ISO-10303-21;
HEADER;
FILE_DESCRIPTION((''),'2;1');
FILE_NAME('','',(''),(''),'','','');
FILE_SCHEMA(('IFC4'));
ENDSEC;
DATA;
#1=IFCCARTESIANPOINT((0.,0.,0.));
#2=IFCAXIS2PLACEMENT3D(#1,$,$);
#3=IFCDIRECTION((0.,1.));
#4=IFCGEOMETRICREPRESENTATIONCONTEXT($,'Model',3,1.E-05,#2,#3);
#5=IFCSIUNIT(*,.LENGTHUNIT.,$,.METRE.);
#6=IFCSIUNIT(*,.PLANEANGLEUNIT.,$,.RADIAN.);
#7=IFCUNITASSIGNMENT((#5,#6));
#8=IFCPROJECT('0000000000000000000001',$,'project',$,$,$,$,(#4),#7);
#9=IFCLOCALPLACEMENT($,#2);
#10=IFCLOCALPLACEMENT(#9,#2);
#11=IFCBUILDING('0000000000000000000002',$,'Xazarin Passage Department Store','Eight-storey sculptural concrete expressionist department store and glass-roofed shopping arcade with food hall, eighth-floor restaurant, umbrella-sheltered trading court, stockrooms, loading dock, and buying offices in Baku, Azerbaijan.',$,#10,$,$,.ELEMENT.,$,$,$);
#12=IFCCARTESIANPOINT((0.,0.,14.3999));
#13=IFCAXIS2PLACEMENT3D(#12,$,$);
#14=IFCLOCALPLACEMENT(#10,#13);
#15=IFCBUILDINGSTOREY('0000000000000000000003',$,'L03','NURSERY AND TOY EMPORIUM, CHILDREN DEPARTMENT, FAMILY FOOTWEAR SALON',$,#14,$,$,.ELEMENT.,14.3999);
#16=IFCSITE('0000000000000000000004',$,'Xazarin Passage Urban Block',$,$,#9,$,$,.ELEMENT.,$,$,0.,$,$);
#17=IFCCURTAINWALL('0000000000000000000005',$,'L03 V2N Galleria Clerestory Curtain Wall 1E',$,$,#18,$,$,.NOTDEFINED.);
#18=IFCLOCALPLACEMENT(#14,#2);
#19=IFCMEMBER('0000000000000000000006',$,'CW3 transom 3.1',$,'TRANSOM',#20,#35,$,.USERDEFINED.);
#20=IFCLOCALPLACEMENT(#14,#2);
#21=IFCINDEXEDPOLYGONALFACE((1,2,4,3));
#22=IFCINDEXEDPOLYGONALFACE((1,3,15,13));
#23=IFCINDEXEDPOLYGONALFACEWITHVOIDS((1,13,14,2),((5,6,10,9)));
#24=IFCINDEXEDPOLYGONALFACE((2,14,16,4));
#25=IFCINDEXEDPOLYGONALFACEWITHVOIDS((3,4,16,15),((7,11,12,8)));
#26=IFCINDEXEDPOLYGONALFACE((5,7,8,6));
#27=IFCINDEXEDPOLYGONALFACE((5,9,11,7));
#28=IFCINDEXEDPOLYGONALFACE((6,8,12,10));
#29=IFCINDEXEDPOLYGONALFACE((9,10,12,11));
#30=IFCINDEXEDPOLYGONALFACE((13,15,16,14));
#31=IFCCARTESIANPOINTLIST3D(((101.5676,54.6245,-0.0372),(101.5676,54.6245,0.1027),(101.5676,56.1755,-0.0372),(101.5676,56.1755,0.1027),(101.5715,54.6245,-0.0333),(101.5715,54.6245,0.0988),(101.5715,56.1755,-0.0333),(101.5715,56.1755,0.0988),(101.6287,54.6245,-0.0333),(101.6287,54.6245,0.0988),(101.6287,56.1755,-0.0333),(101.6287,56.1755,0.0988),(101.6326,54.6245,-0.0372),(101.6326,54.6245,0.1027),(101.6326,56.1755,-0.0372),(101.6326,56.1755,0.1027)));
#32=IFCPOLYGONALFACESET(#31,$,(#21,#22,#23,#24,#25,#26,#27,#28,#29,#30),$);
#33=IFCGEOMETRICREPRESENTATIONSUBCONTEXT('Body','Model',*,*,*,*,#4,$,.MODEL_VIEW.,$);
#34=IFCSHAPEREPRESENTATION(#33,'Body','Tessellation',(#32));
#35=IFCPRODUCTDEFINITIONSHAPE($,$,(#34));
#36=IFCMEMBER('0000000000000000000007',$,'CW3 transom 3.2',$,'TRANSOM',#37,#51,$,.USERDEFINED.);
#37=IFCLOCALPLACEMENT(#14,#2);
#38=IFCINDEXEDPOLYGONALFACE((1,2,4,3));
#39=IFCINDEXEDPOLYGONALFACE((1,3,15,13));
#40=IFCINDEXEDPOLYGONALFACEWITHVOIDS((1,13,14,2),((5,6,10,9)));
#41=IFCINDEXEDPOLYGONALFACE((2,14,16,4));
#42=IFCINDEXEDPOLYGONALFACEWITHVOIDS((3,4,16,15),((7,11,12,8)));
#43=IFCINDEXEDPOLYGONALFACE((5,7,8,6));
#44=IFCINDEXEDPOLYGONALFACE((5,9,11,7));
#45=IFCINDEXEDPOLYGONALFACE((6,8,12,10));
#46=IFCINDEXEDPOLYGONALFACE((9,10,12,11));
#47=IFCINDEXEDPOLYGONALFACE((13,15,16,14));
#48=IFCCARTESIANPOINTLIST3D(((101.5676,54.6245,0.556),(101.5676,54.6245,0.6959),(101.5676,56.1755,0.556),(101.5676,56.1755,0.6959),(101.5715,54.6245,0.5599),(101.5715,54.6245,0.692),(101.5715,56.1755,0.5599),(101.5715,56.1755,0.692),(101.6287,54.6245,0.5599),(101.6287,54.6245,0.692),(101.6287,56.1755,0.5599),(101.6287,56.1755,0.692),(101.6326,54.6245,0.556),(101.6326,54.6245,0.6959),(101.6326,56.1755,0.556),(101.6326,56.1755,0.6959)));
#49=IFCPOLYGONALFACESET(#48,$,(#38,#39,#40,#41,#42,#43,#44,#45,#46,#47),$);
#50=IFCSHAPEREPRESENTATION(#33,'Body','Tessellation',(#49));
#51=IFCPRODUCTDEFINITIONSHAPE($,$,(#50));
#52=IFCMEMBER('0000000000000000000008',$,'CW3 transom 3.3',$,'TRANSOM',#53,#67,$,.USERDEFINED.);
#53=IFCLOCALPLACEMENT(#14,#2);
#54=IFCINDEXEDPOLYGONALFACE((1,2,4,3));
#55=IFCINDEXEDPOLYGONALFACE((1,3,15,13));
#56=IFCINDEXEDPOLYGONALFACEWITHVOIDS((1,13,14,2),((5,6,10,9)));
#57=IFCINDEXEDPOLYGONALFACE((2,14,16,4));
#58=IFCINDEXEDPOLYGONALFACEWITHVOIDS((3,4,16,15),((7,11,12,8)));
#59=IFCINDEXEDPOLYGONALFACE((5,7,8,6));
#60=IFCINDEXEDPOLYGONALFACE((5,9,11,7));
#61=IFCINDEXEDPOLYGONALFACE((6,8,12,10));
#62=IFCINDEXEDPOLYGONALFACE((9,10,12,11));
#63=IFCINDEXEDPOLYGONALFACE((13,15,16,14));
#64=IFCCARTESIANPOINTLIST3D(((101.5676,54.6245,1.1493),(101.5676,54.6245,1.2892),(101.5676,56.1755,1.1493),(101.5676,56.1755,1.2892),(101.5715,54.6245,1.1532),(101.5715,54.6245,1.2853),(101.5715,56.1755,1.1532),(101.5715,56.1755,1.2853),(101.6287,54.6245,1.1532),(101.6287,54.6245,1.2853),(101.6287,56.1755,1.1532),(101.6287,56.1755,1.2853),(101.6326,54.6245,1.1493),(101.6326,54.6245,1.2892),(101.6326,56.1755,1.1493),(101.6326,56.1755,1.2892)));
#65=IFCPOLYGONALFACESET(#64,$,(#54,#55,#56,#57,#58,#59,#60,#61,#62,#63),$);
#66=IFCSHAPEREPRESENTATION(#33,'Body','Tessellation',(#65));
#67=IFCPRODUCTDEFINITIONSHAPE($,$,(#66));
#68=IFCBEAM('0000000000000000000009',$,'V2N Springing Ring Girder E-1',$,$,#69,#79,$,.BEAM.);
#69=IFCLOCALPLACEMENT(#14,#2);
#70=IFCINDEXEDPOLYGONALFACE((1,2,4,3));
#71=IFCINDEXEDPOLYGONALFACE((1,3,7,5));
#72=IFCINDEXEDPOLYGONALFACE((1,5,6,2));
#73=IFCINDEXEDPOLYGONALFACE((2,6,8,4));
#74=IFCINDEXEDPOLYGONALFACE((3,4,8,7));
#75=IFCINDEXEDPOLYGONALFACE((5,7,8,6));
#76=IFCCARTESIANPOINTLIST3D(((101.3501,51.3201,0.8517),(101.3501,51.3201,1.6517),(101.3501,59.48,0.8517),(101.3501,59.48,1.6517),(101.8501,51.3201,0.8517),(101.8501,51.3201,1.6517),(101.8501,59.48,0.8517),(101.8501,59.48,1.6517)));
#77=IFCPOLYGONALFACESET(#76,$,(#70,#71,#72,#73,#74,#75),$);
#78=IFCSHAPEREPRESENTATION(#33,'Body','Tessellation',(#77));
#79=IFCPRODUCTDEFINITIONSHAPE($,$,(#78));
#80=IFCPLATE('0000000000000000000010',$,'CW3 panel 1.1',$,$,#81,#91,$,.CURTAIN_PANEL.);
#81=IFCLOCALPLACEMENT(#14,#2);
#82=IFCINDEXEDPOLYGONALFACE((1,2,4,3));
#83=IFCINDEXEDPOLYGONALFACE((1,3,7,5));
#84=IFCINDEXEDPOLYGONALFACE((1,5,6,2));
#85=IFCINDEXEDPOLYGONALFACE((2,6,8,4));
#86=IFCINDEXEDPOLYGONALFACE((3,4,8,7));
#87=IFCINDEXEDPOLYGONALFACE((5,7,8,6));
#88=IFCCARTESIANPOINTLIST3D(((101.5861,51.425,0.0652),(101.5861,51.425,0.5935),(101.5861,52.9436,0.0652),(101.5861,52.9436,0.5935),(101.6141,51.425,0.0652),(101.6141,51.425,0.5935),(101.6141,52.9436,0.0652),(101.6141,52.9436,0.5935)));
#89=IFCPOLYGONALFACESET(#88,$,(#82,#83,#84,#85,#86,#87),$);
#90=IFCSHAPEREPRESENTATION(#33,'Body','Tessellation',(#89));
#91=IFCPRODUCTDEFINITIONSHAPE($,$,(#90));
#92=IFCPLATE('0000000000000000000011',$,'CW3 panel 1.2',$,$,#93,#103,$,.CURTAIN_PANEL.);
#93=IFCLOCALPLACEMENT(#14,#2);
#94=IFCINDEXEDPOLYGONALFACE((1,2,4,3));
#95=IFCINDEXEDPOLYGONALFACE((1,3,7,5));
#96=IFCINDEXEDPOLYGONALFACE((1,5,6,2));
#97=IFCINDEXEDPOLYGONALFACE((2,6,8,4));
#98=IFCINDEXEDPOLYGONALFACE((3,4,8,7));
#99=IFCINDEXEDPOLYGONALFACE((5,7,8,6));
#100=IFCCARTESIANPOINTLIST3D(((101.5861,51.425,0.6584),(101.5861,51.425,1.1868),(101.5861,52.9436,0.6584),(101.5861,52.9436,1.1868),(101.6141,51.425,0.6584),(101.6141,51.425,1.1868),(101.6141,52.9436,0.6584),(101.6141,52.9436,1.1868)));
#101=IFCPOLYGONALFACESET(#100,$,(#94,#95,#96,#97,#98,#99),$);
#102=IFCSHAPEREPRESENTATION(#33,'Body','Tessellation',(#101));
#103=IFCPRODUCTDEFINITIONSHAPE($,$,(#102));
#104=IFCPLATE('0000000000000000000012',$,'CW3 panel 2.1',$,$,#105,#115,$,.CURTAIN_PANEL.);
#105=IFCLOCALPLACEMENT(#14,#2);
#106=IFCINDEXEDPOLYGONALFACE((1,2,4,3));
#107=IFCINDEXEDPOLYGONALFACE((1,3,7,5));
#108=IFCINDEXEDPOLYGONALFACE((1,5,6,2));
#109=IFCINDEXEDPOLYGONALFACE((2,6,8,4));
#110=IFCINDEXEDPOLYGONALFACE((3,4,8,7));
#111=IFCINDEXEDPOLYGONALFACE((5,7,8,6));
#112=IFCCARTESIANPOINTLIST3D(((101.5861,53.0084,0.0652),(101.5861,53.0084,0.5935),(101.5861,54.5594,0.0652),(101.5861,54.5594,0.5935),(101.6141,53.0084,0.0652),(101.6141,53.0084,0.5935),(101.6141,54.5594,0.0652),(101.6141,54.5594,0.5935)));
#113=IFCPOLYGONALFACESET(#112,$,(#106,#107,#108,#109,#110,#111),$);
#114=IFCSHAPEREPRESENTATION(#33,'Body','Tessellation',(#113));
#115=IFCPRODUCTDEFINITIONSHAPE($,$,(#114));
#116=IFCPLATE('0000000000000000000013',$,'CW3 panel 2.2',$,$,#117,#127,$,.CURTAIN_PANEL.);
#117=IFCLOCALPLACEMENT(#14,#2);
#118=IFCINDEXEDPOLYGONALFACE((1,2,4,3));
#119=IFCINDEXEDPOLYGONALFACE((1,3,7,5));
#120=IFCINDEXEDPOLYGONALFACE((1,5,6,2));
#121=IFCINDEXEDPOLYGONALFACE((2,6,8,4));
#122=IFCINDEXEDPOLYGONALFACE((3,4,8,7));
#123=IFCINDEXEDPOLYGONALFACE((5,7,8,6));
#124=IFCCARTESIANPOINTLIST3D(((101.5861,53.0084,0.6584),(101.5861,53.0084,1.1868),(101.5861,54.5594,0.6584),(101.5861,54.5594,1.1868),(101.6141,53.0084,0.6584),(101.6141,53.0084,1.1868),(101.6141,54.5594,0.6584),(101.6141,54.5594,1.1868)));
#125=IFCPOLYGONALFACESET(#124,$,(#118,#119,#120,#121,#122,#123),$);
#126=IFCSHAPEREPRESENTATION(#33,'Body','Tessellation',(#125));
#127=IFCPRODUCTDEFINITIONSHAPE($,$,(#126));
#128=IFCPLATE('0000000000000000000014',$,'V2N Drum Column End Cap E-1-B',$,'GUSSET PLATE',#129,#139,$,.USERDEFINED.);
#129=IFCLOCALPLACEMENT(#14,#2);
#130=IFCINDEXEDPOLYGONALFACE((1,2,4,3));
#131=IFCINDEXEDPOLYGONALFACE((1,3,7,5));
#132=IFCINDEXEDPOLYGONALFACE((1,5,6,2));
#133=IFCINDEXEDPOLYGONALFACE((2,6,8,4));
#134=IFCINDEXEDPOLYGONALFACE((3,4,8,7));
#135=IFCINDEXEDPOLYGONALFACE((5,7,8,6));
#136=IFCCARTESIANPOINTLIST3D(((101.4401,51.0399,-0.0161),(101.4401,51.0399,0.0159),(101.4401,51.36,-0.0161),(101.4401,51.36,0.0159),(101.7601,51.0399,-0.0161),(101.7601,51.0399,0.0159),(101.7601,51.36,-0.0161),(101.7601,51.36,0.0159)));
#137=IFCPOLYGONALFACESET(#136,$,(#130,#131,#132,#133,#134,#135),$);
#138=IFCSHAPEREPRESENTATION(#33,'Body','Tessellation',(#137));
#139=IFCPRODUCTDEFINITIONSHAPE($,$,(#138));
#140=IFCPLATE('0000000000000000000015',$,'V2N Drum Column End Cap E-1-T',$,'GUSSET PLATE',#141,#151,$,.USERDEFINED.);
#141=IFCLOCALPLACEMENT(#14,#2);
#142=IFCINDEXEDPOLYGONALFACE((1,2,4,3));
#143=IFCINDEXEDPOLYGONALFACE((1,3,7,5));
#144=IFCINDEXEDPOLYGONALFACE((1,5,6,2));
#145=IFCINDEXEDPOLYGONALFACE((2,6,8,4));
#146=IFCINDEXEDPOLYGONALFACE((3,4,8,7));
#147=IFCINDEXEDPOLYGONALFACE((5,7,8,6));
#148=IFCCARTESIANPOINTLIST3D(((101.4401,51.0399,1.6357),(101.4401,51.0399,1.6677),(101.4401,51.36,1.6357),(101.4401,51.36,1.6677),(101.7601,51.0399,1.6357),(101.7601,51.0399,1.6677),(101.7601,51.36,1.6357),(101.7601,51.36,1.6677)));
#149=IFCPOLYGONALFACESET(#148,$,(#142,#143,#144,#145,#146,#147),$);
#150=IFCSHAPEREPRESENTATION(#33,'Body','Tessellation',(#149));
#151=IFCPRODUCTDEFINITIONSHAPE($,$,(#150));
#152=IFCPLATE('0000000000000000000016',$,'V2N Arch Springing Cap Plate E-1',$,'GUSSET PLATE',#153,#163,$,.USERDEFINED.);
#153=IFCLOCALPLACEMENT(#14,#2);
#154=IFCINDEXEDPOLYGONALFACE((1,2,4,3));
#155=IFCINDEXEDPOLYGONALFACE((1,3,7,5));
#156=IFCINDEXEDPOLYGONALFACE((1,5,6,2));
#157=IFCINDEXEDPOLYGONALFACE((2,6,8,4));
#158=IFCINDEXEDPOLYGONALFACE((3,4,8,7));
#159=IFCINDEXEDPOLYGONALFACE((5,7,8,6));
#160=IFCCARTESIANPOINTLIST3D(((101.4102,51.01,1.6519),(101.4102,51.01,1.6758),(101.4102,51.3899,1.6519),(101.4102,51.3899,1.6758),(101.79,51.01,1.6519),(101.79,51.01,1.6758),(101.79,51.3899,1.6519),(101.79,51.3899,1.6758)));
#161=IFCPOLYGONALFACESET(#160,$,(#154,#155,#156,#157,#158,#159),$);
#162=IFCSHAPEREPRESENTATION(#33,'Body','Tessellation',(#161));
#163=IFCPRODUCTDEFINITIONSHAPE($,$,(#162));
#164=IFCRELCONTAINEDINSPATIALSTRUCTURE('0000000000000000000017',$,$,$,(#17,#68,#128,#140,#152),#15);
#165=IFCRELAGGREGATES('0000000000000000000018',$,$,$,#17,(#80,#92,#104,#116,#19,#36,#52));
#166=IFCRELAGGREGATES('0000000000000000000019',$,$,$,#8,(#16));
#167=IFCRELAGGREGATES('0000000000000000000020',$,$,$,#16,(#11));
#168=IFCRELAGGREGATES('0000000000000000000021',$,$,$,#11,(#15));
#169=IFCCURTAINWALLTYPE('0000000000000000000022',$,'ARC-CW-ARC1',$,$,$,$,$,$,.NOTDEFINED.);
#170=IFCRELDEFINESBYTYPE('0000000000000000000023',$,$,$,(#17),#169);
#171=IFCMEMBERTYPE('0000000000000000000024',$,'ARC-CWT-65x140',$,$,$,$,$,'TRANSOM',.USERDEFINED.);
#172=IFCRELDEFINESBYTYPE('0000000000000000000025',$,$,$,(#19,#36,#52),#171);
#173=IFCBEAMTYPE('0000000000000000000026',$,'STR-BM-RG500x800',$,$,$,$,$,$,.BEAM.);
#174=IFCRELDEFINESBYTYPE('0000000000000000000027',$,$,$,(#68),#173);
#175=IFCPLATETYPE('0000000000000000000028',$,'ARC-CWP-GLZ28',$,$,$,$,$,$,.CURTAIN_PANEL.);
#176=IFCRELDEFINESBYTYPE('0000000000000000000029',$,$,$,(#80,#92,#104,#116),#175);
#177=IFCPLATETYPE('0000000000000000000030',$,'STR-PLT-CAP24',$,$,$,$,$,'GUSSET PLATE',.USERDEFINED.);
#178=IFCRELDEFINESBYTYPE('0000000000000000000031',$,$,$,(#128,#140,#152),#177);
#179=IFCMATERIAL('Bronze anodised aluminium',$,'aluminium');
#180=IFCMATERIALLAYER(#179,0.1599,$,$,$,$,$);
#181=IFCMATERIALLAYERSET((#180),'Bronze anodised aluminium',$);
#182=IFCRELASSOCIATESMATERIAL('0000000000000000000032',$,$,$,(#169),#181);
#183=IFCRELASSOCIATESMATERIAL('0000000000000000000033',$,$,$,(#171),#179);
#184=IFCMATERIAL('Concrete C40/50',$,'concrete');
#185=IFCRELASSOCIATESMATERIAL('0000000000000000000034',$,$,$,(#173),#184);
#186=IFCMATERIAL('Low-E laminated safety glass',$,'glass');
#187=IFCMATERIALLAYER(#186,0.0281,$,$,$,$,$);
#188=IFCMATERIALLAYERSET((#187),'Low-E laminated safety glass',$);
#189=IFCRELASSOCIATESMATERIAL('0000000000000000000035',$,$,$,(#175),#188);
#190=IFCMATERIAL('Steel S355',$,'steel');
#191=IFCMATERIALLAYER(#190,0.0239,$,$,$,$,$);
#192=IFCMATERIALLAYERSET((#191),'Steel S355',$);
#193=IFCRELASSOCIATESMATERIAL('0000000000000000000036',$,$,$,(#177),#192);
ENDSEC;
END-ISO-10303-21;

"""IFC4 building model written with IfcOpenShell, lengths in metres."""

from ifc_helpers import new_model, si_unit, direction, frame, origin, origin_2d, place, context, subcontext, project, spatial, rectangle, hollow_rectangle, extrude, material, layer, layer_set, material_profile, profile_set, type_object, element, aggregate, save


model = new_model("IFC4")

# Units and contexts
model_context = context("Model", 3, precision=1e-05, world=origin(), true_north=direction((0.0, 1.0)))
body_context = subcontext(model_context, "Body", "Model", "MODEL_VIEW")
ifc_project = project(units=[si_unit("LENGTHUNIT", "METRE"), si_unit("PLANEANGLEUNIT", "RADIAN")], contexts=[model_context])

# Site, building, storey
site_placement = place(None, origin())
site = spatial("IfcSite", under=ifc_project, at=site_placement, Name="Xazarin Passage Urban Block", CompositionType="ELEMENT", RefElevation=0.0)
building_placement = place(site_placement, origin())
building = spatial("IfcBuilding", under=site, at=building_placement, Name="Xazarin Passage Department Store", Description="Eight-storey sculptural concrete expressionist department store and glass-roofed shopping arcade with food hall, eighth-floor restaurant, umbrella-sheltered trading court, stockrooms, loading dock, and buying offices in Baku, Azerbaijan.", CompositionType="ELEMENT")
storey_placement = place(building_placement, frame((0.0, 0.0, 14.3999)))
storey = spatial("IfcBuildingStorey", under=building, at=storey_placement, Name="L03", Description="NURSERY AND TOY EMPORIUM, CHILDREN DEPARTMENT, FAMILY FOOTWEAR SALON", CompositionType="ELEMENT", Elevation=14.3999)

# Shared definitions
ifc_material_1 = material(Name="Steel S355", Category="steel")

# Curtain wall, members
ifc_material_2 = material(Name="Bronze anodised aluminium", Category="aluminium")
ifc_layer_1 = layer(ifc_material_2, 0.1599)
ifc_layer_set_1 = layer_set([ifc_layer_1], Name="Bronze anodised aluminium")
curtain_wall_type = type_object("IfcCurtainWallType", Name="ARC-CW-ARC1", PredefinedType="NOTDEFINED", material=ifc_layer_set_1)
curtain_wall_placement = place(storey_placement, origin())
curtain_wall = element("IfcCurtainWall", 1, at=curtain_wall_placement, inside=storey, type_object=curtain_wall_type, Name="L03 V2N Galleria Clerestory Curtain Wall 1E", PredefinedType="NOTDEFINED")
ifc_material_profile_1 = material_profile(ifc_material_2, hollow_rectangle(XDim=0.0649, YDim=0.1399, WallThickness=0.0039, at=origin_2d()), Name="ALU 65x140")
ifc_profile_set_1 = profile_set([ifc_material_profile_1], Name="Bronze anodised aluminium")
member_type_1 = type_object("IfcMemberType", Name="ARC-CWT-65x140", ElementType="TRANSOM", PredefinedType="USERDEFINED", material=ifc_profile_set_1)
member_1_placement = place(storey_placement, frame((101.6001, 54.6245, 0.0327), z_axis=(0.0, 1.0, 0.0), x_axis=(-1.0, 0.0, 0.0)))
member_1 = element("IfcMember", 2, at=member_1_placement, type_object=member_type_1, Name="CW3 transom 3.1", ObjectType="TRANSOM", PredefinedType="USERDEFINED", context=body_context, shape_type="SweptSolid", body=[
    extrude(hollow_rectangle(XDim=0.0649, YDim=0.1399, WallThickness=0.0039, at=origin_2d()), origin(), (0.0, 0.0, 1.0), 1.551),
])
member_2_placement = place(storey_placement, frame((101.6001, 54.6245, 0.626), z_axis=(0.0, 1.0, 0.0), x_axis=(-1.0, 0.0, 0.0)))
member_2 = element("IfcMember", 3, at=member_2_placement, type_object=member_type_1, Name="CW3 transom 3.2", ObjectType="TRANSOM", PredefinedType="USERDEFINED", context=body_context, shape_type="SweptSolid", body=[
    extrude(hollow_rectangle(XDim=0.0649, YDim=0.1399, WallThickness=0.0039, at=origin_2d()), origin(), (0.0, 0.0, 1.0), 1.551),
])
member_3_placement = place(storey_placement, frame((101.6001, 54.6245, 1.2192), z_axis=(0.0, 1.0, 0.0), x_axis=(-1.0, 0.0, 0.0)))
member_3 = element("IfcMember", 4, at=member_3_placement, type_object=member_type_1, Name="CW3 transom 3.3", ObjectType="TRANSOM", PredefinedType="USERDEFINED", context=body_context, shape_type="SweptSolid", body=[
    extrude(hollow_rectangle(XDim=0.0649, YDim=0.1399, WallThickness=0.0039, at=origin_2d()), origin(), (0.0, 0.0, 1.0), 1.551),
])

# Beam
ifc_material_3 = material(Name="Concrete C40/50", Category="concrete")
ifc_material_profile_2 = material_profile(ifc_material_3, rectangle(XDim=0.5, YDim=0.8, at=origin_2d()), Name="RC 500x800")
ifc_profile_set_2 = profile_set([ifc_material_profile_2], Name="Concrete C40/50")
beam_type = type_object("IfcBeamType", Name="STR-BM-RG500x800", PredefinedType="BEAM", material=ifc_profile_set_2)
beam_placement = place(storey_placement, frame((101.6001, 51.3201, 1.2517), z_axis=(0.0, 1.0, 0.0), x_axis=(-1.0, 0.0, 0.0)))
element("IfcBeam", 5, at=beam_placement, inside=storey, type_object=beam_type, Name="V2N Springing Ring Girder E-1", PredefinedType="BEAM", context=body_context, shape_type="SweptSolid", body=[
    extrude(rectangle(XDim=0.5, YDim=0.8, at=origin_2d()), origin(), (0.0, 0.0, 1.0), 8.1599),
])

# Plates
ifc_material_4 = material(Name="Low-E laminated safety glass", Category="glass")
ifc_layer_2 = layer(ifc_material_4, 0.0281)
ifc_layer_set_2 = layer_set([ifc_layer_2], Name="Low-E laminated safety glass")
plate_type_1 = type_object("IfcPlateType", Name="ARC-CWP-GLZ28", PredefinedType="CURTAIN_PANEL", material=ifc_layer_set_2)
plate_1_placement = place(storey_placement, frame((101.6001, 52.1843, 0.0652), z_axis=(0.0, 0.0, 1.0), x_axis=(0.0, 1.0, 0.0)))
plate_1 = element("IfcPlate", 6, at=plate_1_placement, type_object=plate_type_1, Name="CW3 panel 1.1", PredefinedType="CURTAIN_PANEL", context=body_context, shape_type="SweptSolid", body=[
    extrude(rectangle(XDim=1.5186, YDim=0.0281, at=origin_2d()), origin(), (0.0, 0.0, 1.0), 0.5283),
])
plate_2_placement = place(storey_placement, frame((101.6001, 52.1843, 0.6584), z_axis=(0.0, 0.0, 1.0), x_axis=(0.0, 1.0, 0.0)))
plate_2 = element("IfcPlate", 7, at=plate_2_placement, type_object=plate_type_1, Name="CW3 panel 1.2", PredefinedType="CURTAIN_PANEL", context=body_context, shape_type="SweptSolid", body=[
    extrude(rectangle(XDim=1.5186, YDim=0.0281, at=origin_2d()), origin(), (0.0, 0.0, 1.0), 0.5283),
])
plate_3_placement = place(storey_placement, frame((101.6001, 53.7839, 0.0652), z_axis=(0.0, 0.0, 1.0), x_axis=(0.0, 1.0, 0.0)))
plate_3 = element("IfcPlate", 8, at=plate_3_placement, type_object=plate_type_1, Name="CW3 panel 2.1", PredefinedType="CURTAIN_PANEL", context=body_context, shape_type="SweptSolid", body=[
    extrude(rectangle(XDim=1.551, YDim=0.0281, at=origin_2d()), origin(), (0.0, 0.0, 1.0), 0.5283),
])
plate_4_placement = place(storey_placement, frame((101.6001, 53.7839, 0.6584), z_axis=(0.0, 0.0, 1.0), x_axis=(0.0, 1.0, 0.0)))
plate_4 = element("IfcPlate", 9, at=plate_4_placement, type_object=plate_type_1, Name="CW3 panel 2.2", PredefinedType="CURTAIN_PANEL", context=body_context, shape_type="SweptSolid", body=[
    extrude(rectangle(XDim=1.551, YDim=0.0281, at=origin_2d()), origin(), (0.0, 0.0, 1.0), 0.5283),
])
aggregate(curtain_wall, [plate_1, plate_2, plate_3, plate_4, member_1, member_2, member_3])

# Plates
ifc_layer_3 = layer(ifc_material_1, 0.0239)
ifc_layer_set_3 = layer_set([ifc_layer_3], Name="Steel S355")
plate_type_2 = type_object("IfcPlateType", Name="STR-PLT-CAP24", ElementType="GUSSET PLATE", PredefinedType="USERDEFINED", material=ifc_layer_set_3)
for number, where, z_axis, x_axis, name in (
    (10, (101.6001, 51.2, -0.0161), (0.0, 0.0, 1.0), (1.0, 0.0, 0.0), "V2N Drum Column End Cap E-1-B"),
    (11, (101.6001, 51.2, 1.6357), (0.0, 0.0, 1.0), (1.0, 0.0, 0.0), "V2N Drum Column End Cap E-1-T"),
):
    element("IfcPlate", number, at=place(storey_placement, frame(where, z_axis=z_axis, x_axis=x_axis)), inside=storey, type_object=plate_type_2, Name=name, ObjectType="GUSSET PLATE", PredefinedType="USERDEFINED", context=body_context, shape_type="SweptSolid", body=[
        extrude(rectangle(XDim=0.3201, YDim=0.3201, at=origin_2d()), origin(), (0.0, 0.0, 1.0), 0.032),
    ])
plate_5_placement = place(storey_placement, frame((101.6001, 51.2, 1.6519), z_axis=(0.0, 0.0, 1.0), x_axis=(1.0, 0.0, 0.0)))
element("IfcPlate", 12, at=plate_5_placement, inside=storey, type_object=plate_type_2, Name="V2N Arch Springing Cap Plate E-1", ObjectType="GUSSET PLATE", PredefinedType="USERDEFINED", context=body_context, shape_type="SweptSolid", body=[
    extrude(rectangle(XDim=0.3799, YDim=0.3799, at=origin_2d()), origin(), (0.0, 0.0, 1.0), 0.0239),
])

save(model, "model.ifc")
